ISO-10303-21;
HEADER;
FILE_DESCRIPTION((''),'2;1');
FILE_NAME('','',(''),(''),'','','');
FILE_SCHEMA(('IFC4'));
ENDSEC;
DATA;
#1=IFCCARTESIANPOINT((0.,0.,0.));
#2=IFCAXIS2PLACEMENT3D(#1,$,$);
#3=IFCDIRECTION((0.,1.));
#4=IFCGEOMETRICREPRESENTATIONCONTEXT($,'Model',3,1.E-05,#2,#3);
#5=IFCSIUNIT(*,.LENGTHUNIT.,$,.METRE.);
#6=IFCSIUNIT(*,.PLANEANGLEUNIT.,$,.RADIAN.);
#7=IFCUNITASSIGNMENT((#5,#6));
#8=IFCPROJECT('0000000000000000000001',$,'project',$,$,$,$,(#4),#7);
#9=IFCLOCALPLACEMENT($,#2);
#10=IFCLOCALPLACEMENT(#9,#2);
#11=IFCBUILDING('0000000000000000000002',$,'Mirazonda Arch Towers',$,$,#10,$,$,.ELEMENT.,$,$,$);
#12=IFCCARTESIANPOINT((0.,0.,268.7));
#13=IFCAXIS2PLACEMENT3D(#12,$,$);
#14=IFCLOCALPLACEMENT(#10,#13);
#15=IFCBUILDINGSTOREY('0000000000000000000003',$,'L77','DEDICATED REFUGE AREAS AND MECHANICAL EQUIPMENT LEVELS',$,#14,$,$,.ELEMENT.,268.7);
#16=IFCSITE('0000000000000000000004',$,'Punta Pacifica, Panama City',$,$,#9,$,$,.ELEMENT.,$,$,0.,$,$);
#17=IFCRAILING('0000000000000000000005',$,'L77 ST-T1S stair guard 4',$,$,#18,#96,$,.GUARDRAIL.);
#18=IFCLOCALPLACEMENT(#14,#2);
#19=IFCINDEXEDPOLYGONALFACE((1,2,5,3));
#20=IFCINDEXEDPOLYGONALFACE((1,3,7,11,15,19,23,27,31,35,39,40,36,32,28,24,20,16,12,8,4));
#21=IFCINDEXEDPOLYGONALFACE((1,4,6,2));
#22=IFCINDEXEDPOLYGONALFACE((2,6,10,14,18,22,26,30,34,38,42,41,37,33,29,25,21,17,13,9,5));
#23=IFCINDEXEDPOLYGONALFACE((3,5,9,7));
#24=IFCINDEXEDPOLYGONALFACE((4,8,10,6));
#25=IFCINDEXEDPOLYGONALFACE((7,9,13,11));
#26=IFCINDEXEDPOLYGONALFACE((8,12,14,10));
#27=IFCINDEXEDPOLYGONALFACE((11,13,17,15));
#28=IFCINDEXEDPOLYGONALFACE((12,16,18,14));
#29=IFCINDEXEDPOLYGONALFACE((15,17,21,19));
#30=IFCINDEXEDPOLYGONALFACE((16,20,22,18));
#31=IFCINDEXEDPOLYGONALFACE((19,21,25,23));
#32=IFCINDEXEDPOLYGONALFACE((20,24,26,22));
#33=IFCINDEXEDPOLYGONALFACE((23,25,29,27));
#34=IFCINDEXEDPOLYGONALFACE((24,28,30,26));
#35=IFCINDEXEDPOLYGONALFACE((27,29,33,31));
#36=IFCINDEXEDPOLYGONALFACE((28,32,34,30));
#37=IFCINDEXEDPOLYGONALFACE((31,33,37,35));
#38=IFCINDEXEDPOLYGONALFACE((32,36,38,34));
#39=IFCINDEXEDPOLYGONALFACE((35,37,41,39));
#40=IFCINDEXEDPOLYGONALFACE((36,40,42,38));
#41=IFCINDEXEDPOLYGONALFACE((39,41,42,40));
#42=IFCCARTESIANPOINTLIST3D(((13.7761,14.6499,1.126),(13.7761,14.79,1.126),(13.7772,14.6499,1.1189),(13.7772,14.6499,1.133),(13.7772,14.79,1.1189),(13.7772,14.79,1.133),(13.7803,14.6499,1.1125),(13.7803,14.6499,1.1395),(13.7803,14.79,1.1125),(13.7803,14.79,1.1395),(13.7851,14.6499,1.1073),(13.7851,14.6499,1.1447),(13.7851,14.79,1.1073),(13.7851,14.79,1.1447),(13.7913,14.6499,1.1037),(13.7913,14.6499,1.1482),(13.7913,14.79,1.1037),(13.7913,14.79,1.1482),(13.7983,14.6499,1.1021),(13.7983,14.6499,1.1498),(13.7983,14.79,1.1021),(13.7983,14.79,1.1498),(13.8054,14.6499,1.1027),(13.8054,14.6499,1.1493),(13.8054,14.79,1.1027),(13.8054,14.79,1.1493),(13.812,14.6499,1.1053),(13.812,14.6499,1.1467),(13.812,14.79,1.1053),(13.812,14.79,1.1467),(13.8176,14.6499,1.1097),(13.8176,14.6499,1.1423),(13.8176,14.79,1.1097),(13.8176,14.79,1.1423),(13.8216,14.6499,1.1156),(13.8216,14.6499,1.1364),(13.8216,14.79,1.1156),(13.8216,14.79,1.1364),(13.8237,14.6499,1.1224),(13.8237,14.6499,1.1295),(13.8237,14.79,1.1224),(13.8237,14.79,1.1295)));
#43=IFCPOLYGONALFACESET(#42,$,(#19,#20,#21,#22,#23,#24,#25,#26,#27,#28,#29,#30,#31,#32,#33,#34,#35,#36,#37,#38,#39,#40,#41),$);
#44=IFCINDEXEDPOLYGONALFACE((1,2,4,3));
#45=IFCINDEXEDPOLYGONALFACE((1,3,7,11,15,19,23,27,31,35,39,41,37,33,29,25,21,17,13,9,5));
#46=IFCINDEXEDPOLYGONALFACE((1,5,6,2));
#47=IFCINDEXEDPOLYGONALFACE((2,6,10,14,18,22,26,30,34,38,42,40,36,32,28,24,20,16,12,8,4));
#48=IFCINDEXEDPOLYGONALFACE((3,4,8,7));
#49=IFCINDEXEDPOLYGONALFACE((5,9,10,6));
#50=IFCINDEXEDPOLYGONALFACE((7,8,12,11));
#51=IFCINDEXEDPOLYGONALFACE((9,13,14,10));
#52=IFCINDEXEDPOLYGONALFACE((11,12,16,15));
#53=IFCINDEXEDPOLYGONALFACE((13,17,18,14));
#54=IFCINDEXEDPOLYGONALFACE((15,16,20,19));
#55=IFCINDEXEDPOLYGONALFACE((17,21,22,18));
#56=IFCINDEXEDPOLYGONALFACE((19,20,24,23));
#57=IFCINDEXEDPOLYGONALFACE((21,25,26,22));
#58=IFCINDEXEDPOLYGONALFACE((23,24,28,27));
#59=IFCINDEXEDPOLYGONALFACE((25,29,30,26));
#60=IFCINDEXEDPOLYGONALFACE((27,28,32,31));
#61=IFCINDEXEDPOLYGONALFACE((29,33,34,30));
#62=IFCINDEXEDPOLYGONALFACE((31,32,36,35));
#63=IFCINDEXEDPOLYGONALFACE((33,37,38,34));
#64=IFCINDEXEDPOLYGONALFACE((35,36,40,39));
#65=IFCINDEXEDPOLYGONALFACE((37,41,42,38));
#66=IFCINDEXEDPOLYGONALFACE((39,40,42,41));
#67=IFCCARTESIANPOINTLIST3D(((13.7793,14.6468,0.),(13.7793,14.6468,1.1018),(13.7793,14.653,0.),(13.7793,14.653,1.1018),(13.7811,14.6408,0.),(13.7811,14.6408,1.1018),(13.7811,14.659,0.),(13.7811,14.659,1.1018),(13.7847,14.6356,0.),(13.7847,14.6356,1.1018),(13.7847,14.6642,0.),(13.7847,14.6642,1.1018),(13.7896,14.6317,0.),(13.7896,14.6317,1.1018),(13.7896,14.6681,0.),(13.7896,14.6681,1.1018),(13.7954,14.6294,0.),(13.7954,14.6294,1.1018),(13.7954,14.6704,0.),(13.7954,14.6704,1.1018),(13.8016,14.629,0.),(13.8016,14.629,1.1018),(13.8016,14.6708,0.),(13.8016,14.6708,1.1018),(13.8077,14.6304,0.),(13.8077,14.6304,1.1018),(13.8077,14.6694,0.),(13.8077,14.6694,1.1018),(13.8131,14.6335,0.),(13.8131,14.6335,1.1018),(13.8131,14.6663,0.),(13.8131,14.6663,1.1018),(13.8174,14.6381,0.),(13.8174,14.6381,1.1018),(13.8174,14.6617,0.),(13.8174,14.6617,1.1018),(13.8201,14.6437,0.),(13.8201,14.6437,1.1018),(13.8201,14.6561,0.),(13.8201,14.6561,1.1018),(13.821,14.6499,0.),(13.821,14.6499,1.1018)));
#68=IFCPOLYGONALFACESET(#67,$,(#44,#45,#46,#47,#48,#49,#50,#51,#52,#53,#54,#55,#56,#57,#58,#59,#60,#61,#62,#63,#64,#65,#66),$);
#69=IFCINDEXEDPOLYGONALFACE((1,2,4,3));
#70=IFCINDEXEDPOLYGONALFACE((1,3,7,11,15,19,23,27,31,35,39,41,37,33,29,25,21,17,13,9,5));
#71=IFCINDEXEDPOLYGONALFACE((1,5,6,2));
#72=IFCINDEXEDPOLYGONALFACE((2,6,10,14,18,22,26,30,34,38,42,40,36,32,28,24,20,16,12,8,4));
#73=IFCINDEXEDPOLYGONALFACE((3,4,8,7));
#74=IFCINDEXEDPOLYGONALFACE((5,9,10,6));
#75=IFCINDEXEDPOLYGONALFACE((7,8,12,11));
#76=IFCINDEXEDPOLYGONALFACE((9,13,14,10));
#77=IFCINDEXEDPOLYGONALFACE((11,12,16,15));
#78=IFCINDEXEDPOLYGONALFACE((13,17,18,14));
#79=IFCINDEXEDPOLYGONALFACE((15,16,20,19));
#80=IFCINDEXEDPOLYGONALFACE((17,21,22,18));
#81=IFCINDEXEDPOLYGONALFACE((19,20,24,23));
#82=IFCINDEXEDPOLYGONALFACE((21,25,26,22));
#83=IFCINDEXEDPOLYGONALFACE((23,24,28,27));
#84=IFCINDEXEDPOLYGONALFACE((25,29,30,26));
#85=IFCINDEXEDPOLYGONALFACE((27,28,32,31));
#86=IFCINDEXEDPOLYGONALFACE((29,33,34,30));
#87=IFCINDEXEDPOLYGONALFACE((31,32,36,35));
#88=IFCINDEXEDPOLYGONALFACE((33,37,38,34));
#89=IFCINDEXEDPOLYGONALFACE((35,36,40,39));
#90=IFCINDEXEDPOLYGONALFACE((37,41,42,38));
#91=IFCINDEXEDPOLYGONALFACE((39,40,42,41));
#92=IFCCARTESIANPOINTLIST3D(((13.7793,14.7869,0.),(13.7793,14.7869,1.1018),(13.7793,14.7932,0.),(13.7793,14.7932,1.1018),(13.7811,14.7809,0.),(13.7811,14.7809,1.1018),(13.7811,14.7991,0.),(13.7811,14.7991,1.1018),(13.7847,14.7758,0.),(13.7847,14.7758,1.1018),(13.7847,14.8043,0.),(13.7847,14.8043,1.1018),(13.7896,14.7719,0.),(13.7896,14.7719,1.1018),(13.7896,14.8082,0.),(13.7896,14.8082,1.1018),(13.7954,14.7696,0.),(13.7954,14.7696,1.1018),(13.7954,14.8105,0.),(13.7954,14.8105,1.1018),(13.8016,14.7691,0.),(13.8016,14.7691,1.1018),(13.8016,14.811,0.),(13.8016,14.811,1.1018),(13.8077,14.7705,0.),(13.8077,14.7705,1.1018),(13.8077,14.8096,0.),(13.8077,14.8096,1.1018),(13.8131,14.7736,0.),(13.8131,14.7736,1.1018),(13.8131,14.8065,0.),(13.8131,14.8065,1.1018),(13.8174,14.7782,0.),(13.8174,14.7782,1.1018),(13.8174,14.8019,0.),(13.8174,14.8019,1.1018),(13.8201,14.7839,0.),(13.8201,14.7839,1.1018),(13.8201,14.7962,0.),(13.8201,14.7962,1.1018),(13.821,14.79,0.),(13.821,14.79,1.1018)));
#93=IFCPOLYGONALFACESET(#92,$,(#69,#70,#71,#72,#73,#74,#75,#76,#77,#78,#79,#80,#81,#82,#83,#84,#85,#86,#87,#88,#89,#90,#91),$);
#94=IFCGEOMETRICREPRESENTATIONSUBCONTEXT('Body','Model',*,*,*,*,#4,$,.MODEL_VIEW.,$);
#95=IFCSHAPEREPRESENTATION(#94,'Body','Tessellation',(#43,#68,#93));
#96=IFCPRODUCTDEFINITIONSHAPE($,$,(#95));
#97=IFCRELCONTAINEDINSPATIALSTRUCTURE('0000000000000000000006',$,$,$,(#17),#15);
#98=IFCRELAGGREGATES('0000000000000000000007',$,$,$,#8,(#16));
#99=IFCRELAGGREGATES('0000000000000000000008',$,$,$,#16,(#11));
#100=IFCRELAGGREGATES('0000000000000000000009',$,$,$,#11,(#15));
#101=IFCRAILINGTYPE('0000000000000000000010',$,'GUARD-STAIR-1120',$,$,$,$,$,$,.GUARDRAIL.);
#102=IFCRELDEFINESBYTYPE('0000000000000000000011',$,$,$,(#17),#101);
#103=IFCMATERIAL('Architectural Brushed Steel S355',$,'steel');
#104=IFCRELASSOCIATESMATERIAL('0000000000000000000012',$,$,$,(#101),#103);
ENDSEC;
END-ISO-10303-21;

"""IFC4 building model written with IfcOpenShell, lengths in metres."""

from ifc_helpers import new_model, si_unit, direction, frame, origin, origin_2d, place, context, subcontext, project, spatial, circle, extrude, material, type_object, element, save


model = new_model("IFC4")

# Units and contexts
model_context = context("Model", 3, precision=1e-05, world=origin(), true_north=direction((0.0, 1.0)))
body_context = subcontext(model_context, "Body", "Model", "MODEL_VIEW")
ifc_project = project(units=[si_unit("LENGTHUNIT", "METRE"), si_unit("PLANEANGLEUNIT", "RADIAN")], contexts=[model_context])

# Site, building, storey
site_placement = place(None, origin())
site = spatial("IfcSite", under=ifc_project, at=site_placement, Name="Punta Pacifica, Panama City", CompositionType="ELEMENT", RefElevation=0.0)
building_placement = place(site_placement, origin())
building = spatial("IfcBuilding", under=site, at=building_placement, Name="Mirazonda Arch Towers", CompositionType="ELEMENT")
storey_placement = place(building_placement, frame((0.0, 0.0, 268.7)))
storey = spatial("IfcBuildingStorey", under=building, at=storey_placement, Name="L77", Description="DEDICATED REFUGE AREAS AND MECHANICAL EQUIPMENT LEVELS", CompositionType="ELEMENT", Elevation=268.7)

# Shared definitions
ifc_material_1 = material(Name="Architectural Brushed Steel S355", Category="steel")

# Railing
railing_type_1 = type_object("IfcRailingType", Name="GUARD-STAIR-1120", PredefinedType="GUARDRAIL", material=ifc_material_1)
railing_1_placement = place(storey_placement, frame((13.8, 14.6499, 0.0)))
element("IfcRailing", 1, at=railing_1_placement, inside=storey, type_object=railing_type_1, Name="L77 ST-T1S stair guard 4", PredefinedType="GUARDRAIL", context=body_context, shape_type="SweptSolid", body=[
    extrude(circle(Radius=0.0239, at=origin_2d()), frame((0.0, 0.0, 1.126), z_axis=(0.0, 1.0, 0.0), x_axis=(-1.0, 0.0, 0.0)), (0.0, 0.0, 1.0), 0.1401),
    extrude(circle(Radius=0.021, at=origin_2d()), origin(), (0.0, 0.0, 1.0), 1.1018),
    extrude(circle(Radius=0.021, at=origin_2d()), frame((0.0, 0.1401, 0.0)), (0.0, 0.0, 1.0), 1.1018),
])

save(model, "model.ifc")
